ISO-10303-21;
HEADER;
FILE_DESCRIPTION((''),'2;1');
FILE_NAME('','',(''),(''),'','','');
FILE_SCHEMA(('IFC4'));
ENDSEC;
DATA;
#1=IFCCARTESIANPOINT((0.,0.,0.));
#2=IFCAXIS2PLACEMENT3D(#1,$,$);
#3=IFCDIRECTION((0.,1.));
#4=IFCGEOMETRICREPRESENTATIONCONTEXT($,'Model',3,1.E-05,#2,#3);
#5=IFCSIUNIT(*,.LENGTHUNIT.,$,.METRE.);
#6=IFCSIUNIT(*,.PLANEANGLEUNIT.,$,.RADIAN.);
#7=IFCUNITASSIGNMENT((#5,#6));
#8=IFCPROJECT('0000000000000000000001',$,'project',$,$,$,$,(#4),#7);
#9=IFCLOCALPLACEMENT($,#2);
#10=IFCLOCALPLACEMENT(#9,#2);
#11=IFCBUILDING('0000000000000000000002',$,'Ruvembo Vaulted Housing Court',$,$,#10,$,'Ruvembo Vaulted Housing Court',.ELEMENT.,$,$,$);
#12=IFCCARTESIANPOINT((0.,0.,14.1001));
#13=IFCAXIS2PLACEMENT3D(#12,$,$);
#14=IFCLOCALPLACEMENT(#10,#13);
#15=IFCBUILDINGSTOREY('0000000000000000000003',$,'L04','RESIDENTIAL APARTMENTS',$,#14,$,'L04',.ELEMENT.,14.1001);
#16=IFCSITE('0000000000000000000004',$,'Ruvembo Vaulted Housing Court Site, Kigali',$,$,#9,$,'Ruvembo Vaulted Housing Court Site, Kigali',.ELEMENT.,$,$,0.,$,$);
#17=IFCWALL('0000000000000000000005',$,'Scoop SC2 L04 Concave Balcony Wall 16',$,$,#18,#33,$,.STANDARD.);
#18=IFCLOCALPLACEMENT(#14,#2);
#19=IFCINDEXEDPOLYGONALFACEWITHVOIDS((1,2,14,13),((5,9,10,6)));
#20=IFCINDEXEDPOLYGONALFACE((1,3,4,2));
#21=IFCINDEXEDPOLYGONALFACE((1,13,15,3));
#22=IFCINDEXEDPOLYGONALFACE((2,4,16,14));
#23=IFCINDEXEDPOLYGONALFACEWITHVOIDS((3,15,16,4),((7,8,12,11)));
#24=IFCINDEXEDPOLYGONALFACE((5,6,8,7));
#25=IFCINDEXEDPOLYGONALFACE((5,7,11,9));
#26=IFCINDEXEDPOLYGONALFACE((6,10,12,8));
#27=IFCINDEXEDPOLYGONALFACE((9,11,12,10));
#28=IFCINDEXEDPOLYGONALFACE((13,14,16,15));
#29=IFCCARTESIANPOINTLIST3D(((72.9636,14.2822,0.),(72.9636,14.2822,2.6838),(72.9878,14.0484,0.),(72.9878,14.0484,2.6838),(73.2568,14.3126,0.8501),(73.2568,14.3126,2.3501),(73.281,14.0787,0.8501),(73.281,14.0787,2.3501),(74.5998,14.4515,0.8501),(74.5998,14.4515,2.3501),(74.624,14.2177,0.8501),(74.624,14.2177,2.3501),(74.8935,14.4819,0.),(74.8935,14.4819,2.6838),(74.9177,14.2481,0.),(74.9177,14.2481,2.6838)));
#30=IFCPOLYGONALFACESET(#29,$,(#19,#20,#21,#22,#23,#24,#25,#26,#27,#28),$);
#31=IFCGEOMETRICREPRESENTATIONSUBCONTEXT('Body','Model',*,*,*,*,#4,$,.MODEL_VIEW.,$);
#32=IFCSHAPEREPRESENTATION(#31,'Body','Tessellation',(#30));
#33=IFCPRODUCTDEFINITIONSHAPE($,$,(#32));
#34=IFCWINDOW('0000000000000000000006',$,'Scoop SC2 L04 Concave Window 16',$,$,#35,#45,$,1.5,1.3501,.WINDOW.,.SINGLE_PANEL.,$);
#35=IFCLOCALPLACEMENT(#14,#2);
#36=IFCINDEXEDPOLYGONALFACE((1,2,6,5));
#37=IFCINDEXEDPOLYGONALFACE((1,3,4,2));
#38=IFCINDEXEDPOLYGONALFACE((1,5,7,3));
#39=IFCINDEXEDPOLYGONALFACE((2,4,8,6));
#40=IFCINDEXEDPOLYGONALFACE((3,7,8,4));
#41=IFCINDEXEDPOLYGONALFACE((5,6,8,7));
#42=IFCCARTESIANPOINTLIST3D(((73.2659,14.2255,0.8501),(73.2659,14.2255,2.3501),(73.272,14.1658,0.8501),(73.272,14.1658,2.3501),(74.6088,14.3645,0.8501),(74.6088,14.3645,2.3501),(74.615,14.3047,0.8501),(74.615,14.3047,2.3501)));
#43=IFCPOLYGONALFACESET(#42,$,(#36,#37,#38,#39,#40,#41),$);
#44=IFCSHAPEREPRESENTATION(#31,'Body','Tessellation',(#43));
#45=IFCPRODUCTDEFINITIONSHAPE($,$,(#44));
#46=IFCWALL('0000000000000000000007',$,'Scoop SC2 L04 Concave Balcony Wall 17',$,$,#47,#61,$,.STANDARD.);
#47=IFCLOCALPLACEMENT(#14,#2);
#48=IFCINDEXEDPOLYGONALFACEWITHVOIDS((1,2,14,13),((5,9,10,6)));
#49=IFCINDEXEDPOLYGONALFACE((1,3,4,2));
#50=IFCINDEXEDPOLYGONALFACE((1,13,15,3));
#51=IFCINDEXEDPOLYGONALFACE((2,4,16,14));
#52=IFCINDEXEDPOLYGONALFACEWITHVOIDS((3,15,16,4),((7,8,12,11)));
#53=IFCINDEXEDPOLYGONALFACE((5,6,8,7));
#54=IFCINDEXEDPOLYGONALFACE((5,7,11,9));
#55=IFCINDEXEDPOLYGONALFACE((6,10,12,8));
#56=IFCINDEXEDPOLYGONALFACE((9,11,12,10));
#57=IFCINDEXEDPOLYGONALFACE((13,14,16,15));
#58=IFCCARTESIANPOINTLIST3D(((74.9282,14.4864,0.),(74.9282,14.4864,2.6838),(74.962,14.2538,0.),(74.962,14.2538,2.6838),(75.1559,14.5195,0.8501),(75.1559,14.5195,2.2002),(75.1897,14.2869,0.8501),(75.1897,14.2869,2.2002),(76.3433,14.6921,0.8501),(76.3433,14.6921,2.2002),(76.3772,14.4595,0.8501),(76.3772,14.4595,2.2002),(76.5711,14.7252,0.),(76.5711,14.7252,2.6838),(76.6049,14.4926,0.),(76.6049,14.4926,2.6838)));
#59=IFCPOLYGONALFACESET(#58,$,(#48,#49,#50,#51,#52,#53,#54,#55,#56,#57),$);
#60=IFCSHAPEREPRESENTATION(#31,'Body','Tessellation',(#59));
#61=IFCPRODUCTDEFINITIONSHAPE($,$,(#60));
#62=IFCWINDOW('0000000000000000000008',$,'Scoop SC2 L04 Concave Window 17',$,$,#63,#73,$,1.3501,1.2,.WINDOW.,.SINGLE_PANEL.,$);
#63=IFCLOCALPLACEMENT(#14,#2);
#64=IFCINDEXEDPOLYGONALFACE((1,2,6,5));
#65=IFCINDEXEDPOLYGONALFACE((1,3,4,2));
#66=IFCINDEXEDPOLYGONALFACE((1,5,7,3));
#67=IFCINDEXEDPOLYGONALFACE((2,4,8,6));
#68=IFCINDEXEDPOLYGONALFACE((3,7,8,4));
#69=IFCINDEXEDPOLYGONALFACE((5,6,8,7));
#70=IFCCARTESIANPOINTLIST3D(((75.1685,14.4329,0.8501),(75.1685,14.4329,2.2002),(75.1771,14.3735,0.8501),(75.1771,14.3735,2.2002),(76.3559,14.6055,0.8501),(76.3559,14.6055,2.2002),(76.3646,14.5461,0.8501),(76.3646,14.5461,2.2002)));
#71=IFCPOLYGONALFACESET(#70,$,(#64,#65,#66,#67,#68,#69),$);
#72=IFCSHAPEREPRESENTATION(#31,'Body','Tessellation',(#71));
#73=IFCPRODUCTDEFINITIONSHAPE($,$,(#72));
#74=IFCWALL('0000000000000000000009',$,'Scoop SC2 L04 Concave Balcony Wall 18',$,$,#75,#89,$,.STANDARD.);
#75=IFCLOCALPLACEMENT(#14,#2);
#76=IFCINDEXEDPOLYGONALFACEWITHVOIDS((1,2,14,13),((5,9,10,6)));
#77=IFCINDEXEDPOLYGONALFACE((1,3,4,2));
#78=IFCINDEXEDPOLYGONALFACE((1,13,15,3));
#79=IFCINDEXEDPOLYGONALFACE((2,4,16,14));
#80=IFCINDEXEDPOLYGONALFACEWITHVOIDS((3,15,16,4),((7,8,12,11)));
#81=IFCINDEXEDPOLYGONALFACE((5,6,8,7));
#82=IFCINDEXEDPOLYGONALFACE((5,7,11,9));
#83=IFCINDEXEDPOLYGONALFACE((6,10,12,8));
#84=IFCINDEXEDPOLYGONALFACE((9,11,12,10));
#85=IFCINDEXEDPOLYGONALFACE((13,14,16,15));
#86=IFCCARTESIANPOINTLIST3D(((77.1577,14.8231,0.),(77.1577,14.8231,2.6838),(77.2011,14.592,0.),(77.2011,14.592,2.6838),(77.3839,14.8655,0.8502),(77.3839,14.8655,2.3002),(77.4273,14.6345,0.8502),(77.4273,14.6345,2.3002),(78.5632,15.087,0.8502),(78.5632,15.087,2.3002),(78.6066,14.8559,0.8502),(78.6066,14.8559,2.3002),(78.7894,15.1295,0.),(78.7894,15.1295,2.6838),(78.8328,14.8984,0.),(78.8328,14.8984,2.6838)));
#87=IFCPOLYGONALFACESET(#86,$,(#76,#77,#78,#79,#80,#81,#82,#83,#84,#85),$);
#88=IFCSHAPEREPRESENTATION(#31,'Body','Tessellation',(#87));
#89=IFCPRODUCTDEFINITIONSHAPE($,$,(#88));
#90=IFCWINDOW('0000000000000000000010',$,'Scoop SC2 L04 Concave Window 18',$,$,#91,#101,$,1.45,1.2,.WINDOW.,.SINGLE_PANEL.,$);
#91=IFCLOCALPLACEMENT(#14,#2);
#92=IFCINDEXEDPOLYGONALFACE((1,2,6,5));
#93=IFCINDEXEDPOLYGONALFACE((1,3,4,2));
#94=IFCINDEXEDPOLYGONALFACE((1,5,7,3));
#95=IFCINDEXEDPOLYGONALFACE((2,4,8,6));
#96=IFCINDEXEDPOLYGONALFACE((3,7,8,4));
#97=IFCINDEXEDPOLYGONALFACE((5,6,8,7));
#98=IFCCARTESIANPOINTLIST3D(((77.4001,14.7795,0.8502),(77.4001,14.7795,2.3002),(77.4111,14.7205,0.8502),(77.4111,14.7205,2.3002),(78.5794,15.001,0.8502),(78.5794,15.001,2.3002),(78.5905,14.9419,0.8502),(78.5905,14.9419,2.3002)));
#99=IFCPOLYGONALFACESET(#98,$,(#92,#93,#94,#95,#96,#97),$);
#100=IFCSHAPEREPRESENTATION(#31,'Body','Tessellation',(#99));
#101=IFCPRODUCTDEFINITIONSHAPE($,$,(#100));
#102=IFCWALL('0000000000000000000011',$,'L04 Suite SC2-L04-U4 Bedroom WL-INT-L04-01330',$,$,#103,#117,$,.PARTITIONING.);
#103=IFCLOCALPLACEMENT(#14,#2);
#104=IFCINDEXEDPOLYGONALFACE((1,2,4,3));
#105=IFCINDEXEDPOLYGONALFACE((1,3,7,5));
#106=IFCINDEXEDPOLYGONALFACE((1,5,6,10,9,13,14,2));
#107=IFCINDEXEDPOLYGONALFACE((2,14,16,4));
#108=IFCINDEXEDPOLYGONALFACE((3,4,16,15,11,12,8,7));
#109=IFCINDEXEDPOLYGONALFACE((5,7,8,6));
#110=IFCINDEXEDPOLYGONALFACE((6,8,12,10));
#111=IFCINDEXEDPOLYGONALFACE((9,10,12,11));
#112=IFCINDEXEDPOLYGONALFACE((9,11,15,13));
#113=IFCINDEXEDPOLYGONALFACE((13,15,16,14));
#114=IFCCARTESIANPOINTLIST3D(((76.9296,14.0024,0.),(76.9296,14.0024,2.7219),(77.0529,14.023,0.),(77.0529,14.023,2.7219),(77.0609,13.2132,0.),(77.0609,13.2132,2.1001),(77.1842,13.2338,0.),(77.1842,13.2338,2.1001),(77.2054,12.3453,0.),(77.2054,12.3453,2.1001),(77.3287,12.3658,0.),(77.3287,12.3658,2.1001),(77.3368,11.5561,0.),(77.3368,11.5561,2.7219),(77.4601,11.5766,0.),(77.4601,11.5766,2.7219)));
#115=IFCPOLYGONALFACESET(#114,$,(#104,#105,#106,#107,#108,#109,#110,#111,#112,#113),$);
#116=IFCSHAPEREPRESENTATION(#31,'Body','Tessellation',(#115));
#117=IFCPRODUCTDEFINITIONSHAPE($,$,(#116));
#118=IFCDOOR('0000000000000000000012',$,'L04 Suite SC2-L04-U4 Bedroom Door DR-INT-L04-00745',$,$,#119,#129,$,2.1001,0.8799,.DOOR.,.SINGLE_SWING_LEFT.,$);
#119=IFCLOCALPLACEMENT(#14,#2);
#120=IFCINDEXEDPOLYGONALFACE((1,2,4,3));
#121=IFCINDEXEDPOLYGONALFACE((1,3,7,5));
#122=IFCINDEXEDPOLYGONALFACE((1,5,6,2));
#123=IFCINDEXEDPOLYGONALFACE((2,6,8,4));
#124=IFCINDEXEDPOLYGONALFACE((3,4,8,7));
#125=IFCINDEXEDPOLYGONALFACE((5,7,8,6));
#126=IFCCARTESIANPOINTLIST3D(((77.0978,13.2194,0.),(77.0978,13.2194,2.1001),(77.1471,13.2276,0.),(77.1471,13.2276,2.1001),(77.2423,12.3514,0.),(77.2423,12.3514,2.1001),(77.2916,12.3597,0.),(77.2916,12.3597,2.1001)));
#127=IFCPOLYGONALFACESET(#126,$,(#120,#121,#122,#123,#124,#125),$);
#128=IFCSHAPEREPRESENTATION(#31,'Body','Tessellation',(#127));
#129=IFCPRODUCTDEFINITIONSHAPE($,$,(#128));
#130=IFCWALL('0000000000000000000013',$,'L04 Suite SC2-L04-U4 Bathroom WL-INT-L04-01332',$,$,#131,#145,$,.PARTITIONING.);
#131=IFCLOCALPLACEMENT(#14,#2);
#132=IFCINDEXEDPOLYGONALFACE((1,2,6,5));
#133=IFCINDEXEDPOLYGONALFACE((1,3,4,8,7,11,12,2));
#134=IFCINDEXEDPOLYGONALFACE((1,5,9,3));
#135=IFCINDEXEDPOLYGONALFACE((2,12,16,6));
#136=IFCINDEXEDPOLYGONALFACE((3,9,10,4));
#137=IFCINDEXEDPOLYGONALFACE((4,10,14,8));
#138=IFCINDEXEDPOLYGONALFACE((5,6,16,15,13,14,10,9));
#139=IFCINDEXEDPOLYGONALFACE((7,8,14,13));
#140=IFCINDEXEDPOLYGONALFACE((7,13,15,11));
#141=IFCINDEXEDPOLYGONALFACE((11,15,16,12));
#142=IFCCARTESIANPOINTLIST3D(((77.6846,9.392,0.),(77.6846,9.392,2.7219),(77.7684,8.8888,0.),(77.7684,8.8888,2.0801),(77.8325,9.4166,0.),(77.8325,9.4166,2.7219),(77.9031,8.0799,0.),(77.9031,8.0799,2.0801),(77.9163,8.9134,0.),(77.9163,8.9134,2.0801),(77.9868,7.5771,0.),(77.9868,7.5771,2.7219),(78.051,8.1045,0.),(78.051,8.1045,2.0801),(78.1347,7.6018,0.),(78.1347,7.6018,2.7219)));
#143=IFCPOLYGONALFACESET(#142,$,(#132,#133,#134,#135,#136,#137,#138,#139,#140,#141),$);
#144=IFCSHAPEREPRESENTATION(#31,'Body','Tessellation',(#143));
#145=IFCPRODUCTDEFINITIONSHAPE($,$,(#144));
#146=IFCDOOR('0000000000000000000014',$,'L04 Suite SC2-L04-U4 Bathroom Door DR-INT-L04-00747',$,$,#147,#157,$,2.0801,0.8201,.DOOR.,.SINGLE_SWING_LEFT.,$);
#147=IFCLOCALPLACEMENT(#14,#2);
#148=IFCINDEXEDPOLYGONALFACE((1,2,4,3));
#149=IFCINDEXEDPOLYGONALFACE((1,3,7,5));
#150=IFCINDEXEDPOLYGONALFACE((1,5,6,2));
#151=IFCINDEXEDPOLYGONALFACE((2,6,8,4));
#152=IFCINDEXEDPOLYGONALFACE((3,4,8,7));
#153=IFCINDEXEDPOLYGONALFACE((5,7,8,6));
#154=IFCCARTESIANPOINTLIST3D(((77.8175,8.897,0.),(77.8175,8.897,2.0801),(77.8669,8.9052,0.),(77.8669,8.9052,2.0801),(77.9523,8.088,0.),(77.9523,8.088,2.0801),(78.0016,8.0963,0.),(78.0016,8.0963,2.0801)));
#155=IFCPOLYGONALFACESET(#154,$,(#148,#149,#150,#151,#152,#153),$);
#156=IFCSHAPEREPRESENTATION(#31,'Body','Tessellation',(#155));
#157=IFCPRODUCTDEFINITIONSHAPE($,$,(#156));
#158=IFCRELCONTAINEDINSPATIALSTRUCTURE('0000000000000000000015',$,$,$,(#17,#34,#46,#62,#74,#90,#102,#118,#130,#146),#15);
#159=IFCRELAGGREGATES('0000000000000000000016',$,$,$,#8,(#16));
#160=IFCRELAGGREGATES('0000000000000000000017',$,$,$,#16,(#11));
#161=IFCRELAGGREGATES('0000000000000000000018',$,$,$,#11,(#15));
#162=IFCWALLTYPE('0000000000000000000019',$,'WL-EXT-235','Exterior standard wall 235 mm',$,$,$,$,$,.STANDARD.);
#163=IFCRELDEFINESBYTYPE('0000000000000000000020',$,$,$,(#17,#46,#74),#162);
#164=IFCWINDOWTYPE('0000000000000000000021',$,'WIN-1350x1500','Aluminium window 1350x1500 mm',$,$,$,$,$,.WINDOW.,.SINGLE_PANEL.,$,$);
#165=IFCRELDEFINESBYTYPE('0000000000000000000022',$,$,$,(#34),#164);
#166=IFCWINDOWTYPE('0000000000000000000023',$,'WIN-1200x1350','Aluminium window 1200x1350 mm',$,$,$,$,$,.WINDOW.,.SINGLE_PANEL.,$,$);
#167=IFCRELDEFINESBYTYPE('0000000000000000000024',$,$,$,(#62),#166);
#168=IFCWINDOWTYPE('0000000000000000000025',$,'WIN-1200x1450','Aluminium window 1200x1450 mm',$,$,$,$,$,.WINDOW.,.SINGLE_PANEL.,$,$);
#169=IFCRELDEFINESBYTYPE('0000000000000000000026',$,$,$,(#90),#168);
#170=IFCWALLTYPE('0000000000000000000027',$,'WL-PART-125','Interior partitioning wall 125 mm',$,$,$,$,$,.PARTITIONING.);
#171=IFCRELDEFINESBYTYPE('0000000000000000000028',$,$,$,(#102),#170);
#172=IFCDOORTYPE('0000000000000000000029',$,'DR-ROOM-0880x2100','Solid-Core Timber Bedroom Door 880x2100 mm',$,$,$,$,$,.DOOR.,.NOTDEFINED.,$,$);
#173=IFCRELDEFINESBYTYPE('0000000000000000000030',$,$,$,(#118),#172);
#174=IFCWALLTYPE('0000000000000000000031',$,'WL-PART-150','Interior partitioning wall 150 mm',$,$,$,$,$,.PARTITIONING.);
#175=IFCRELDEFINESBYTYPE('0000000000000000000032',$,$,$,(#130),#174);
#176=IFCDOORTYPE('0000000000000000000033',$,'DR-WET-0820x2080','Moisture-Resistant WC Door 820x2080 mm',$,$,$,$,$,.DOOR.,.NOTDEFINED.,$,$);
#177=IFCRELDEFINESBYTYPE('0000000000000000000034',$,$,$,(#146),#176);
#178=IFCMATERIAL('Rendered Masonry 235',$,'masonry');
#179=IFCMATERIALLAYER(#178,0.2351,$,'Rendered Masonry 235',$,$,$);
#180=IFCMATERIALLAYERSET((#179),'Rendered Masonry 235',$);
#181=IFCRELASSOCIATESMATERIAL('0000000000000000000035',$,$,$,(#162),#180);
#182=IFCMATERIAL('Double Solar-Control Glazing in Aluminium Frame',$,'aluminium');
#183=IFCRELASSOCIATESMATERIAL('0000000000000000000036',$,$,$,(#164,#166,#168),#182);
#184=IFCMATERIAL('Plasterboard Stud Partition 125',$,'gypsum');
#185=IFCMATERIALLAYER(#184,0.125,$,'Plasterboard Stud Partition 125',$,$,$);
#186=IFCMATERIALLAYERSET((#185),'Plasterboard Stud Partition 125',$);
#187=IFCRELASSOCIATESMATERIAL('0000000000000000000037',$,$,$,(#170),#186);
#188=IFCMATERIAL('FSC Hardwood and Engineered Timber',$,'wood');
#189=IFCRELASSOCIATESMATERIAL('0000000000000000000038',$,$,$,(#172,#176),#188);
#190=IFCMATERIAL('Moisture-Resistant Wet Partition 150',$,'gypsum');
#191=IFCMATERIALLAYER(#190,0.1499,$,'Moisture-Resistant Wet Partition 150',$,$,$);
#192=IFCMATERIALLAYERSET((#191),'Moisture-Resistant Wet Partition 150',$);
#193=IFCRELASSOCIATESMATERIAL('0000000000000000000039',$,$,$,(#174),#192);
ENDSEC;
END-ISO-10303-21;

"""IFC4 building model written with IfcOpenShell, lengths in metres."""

from ifc_helpers import new_model, si_unit, direction, frame, frame_2d, origin, place, context, subcontext, project, spatial, rectangle, extrude, material, layer, layer_set, type_object, element, fill, save


model = new_model("IFC4")

# Units and contexts
model_context = context("Model", 3, precision=1e-05, world=origin(), true_north=direction((0.0, 1.0)))
body_context = subcontext(model_context, "Body", "Model", "MODEL_VIEW")
ifc_project = project(units=[si_unit("LENGTHUNIT", "METRE"), si_unit("PLANEANGLEUNIT", "RADIAN")], contexts=[model_context])

# Site, building, storey
site_placement = place(None, origin())
site = spatial("IfcSite", under=ifc_project, at=site_placement, Name="Ruvembo Vaulted Housing Court Site, Kigali", LongName="Ruvembo Vaulted Housing Court Site, Kigali", CompositionType="ELEMENT", RefElevation=0.0)
building_placement = place(site_placement, origin())
building = spatial("IfcBuilding", under=site, at=building_placement, Name="Ruvembo Vaulted Housing Court", LongName="Ruvembo Vaulted Housing Court", CompositionType="ELEMENT")
storey_placement = place(building_placement, frame((0.0, 0.0, 14.1001)))
storey = spatial("IfcBuildingStorey", under=building, at=storey_placement, Name="L04", Description="RESIDENTIAL APARTMENTS", LongName="L04", CompositionType="ELEMENT", Elevation=14.1001)

# Shared definitions
ifc_material_1 = material(Name="FSC Hardwood and Engineered Timber", Category="wood")

# Shared definitions
ifc_material_2 = material(Name="Rendered Masonry 235", Category="masonry")
ifc_layer_1 = layer(ifc_material_2, 0.2351, Name="Rendered Masonry 235")
ifc_layer_set_1 = layer_set([ifc_layer_1], Name="Rendered Masonry 235")
wall_type_1 = type_object("IfcWallType", Name="WL-EXT-235", Description="Exterior standard wall 235 mm", PredefinedType="STANDARD", material=ifc_layer_set_1)

# Walls, openings, windows
wall_1_placement = place(storey_placement, frame((72.9756, 14.1653, 0.0), z_axis=(0.0, 0.0, 1.0), x_axis=(0.994689, 0.102929, 0.0)))
wall_1 = element("IfcWall", 1, at=wall_1_placement, inside=storey, type_object=wall_type_1, Name="Scoop SC2 L04 Concave Balcony Wall 16", PredefinedType="STANDARD", context=body_context, shape_type="SweptSolid", body=[
    extrude(rectangle(XDim=1.9402, YDim=0.2351, at=frame_2d((0.9702, 0.0))), origin(), (0.0, 0.0, 1.0), 2.6838),
])
opening_1_placement = place(wall_1_placement, frame((0.2949, 0.0, 0.8501)))
opening_1 = element("IfcOpeningElement", 2, at=opening_1_placement, cuts=wall_1, PredefinedType="OPENING", context=body_context, shape_type="SweptSolid", body=[
    extrude(rectangle(XDim=1.3501, YDim=1.5, at=frame_2d((0.675, 0.75))), frame((0.0, 0.1274, 0.0), z_axis=(0.0, -1.0, 0.0), x_axis=(1.0, 0.0, 0.0)), (0.0, 0.0, 1.0), 0.2551),
])
ifc_material_3 = material(Name="Double Solar-Control Glazing in Aluminium Frame", Category="aluminium")
window_type_1 = type_object("IfcWindowType", Name="WIN-1350x1500", Description="Aluminium window 1350x1500 mm", PartitioningType="SINGLE_PANEL", PredefinedType="WINDOW", material=ifc_material_3)
window_1_placement = place(opening_1_placement, origin())
window_1 = element("IfcWindow", 3, at=window_1_placement, inside=storey, type_object=window_type_1, Name="Scoop SC2 L04 Concave Window 16", OverallHeight=1.5, OverallWidth=1.3501, PartitioningType="SINGLE_PANEL", PredefinedType="WINDOW", context=body_context, shape_type="SweptSolid", body=[
    extrude(rectangle(XDim=1.3501, YDim=1.5, at=frame_2d((0.675, 0.75))), frame((0.0, 0.03, 0.0), z_axis=(0.0, -1.0, 0.0), x_axis=(1.0, 0.0, 0.0)), (0.0, 0.0, 1.0), 0.0601),
])
fill(opening_1, window_1)
wall_2_placement = place(storey_placement, frame((74.9451, 14.3701, 0.0), z_axis=(0.0, 0.0, 1.0), x_axis=(0.989602, 0.14383, 0.0)))
wall_2 = element("IfcWall", 4, at=wall_2_placement, inside=storey, type_object=wall_type_1, Name="Scoop SC2 L04 Concave Balcony Wall 17", PredefinedType="STANDARD", context=body_context, shape_type="SweptSolid", body=[
    extrude(rectangle(XDim=1.6602, YDim=0.2351, at=frame_2d((0.8301, 0.0))), origin(), (0.0, 0.0, 1.0), 2.6838),
])
opening_2_placement = place(wall_2_placement, frame((0.23, 0.0, 0.8501)))
opening_2 = element("IfcOpeningElement", 5, at=opening_2_placement, cuts=wall_2, PredefinedType="OPENING", context=body_context, shape_type="SweptSolid", body=[
    extrude(rectangle(XDim=1.2, YDim=1.3501, at=frame_2d((0.6001, 0.675))), frame((0.0, 0.1274, 0.0), z_axis=(0.0, -1.0, 0.0), x_axis=(1.0, 0.0, 0.0)), (0.0, 0.0, 1.0), 0.2551),
])
window_type_2 = type_object("IfcWindowType", Name="WIN-1200x1350", Description="Aluminium window 1200x1350 mm", PartitioningType="SINGLE_PANEL", PredefinedType="WINDOW", material=ifc_material_3)
window_2_placement = place(opening_2_placement, origin())
window_2 = element("IfcWindow", 6, at=window_2_placement, inside=storey, type_object=window_type_2, Name="Scoop SC2 L04 Concave Window 17", OverallHeight=1.3501, OverallWidth=1.2, PartitioningType="SINGLE_PANEL", PredefinedType="WINDOW", context=body_context, shape_type="SweptSolid", body=[
    extrude(rectangle(XDim=1.2, YDim=1.3501, at=frame_2d((0.6001, 0.675))), frame((0.0, 0.03, 0.0), z_axis=(0.0, -1.0, 0.0), x_axis=(1.0, 0.0, 0.0)), (0.0, 0.0, 1.0), 0.0601),
])
fill(opening_2, window_2)
wall_3_placement = place(storey_placement, frame((77.1794, 14.7075, 0.0), z_axis=(0.0, 0.0, 1.0), x_axis=(0.982821, 0.184564, 0.0)))
wall_3 = element("IfcWall", 7, at=wall_3_placement, inside=storey, type_object=wall_type_1, Name="Scoop SC2 L04 Concave Balcony Wall 18", PredefinedType="STANDARD", context=body_context, shape_type="SweptSolid", body=[
    extrude(rectangle(XDim=1.6602, YDim=0.2351, at=frame_2d((0.8301, 0.0))), origin(), (0.0, 0.0, 1.0), 2.6838),
])
opening_3_placement = place(wall_3_placement, frame((0.23, 0.0, 0.8501)))
opening_3 = element("IfcOpeningElement", 8, at=opening_3_placement, cuts=wall_3, PredefinedType="OPENING", context=body_context, shape_type="SweptSolid", body=[
    extrude(rectangle(XDim=1.2, YDim=1.45, at=frame_2d((0.6001, 0.7251))), frame((0.0, 0.1274, 0.0), z_axis=(0.0, -1.0, 0.0), x_axis=(1.0, 0.0, 0.0)), (0.0, 0.0, 1.0), 0.2551),
])
window_type_3 = type_object("IfcWindowType", Name="WIN-1200x1450", Description="Aluminium window 1200x1450 mm", PartitioningType="SINGLE_PANEL", PredefinedType="WINDOW", material=ifc_material_3)
window_3_placement = place(opening_3_placement, origin())
window_3 = element("IfcWindow", 9, at=window_3_placement, inside=storey, type_object=window_type_3, Name="Scoop SC2 L04 Concave Window 18", OverallHeight=1.45, OverallWidth=1.2, PartitioningType="SINGLE_PANEL", PredefinedType="WINDOW", context=body_context, shape_type="SweptSolid", body=[
    extrude(rectangle(XDim=1.2, YDim=1.45, at=frame_2d((0.6001, 0.7251))), frame((0.0, 0.03, 0.0), z_axis=(0.0, -1.0, 0.0), x_axis=(1.0, 0.0, 0.0)), (0.0, 0.0, 1.0), 0.0601),
])
fill(opening_3, window_3)

# Walls, openings, doors
ifc_material_4 = material(Name="Plasterboard Stud Partition 125", Category="gypsum")
ifc_layer_2 = layer(ifc_material_4, 0.125, Name="Plasterboard Stud Partition 125")
ifc_layer_set_2 = layer_set([ifc_layer_2], Name="Plasterboard Stud Partition 125")
wall_type_2 = type_object("IfcWallType", Name="WL-PART-125", Description="Interior partitioning wall 125 mm", PredefinedType="PARTITIONING", material=ifc_layer_set_2)
wall_4_placement = place(storey_placement, frame((76.9912, 14.0127, 0.0), z_axis=(0.0, 0.0, 1.0), x_axis=(0.164207, -0.986426, 0.0)))
wall_4 = element("IfcWall", 10, at=wall_4_placement, inside=storey, type_object=wall_type_2, Name="L04 Suite SC2-L04-U4 Bedroom WL-INT-L04-01330", PredefinedType="PARTITIONING", context=body_context, shape_type="SweptSolid", body=[
    extrude(rectangle(XDim=2.48, YDim=0.125, at=frame_2d((1.24, 0.0))), origin(), (0.0, 0.0, 1.0), 2.7219),
])
opening_4_placement = place(wall_4_placement, frame((0.8, 0.0, 0.0)))
opening_4 = element("IfcOpeningElement", 11, at=opening_4_placement, cuts=wall_4, PredefinedType="OPENING", context=body_context, shape_type="SweptSolid", body=[
    extrude(rectangle(XDim=0.8799, YDim=2.1001, at=frame_2d((0.4399, 1.05))), frame((0.0, 0.0725, 0.0), z_axis=(0.0, -1.0, 0.0), x_axis=(1.0, 0.0, 0.0)), (0.0, 0.0, 1.0), 0.145),
])
door_type_1 = type_object("IfcDoorType", Name="DR-ROOM-0880x2100", Description="Solid-Core Timber Bedroom Door 880x2100 mm", OperationType="NOTDEFINED", PredefinedType="DOOR", material=ifc_material_1)
door_1_placement = place(opening_4_placement, origin())
door_1 = element("IfcDoor", 12, at=door_1_placement, inside=storey, type_object=door_type_1, Name="L04 Suite SC2-L04-U4 Bedroom Door DR-INT-L04-00745", OperationType="SINGLE_SWING_LEFT", OverallHeight=2.1001, OverallWidth=0.8799, PredefinedType="DOOR", context=body_context, shape_type="SweptSolid", body=[
    extrude(rectangle(XDim=0.8799, YDim=2.1001, at=frame_2d((0.4399, 1.05))), frame((0.0, 0.0249, 0.0), z_axis=(0.0, -1.0, 0.0), x_axis=(1.0, 0.0, 0.0)), (0.0, 0.0, 1.0), 0.05),
])
fill(opening_4, door_1)
ifc_material_5 = material(Name="Moisture-Resistant Wet Partition 150", Category="gypsum")
ifc_layer_3 = layer(ifc_material_5, 0.1499, Name="Moisture-Resistant Wet Partition 150")
ifc_layer_set_3 = layer_set([ifc_layer_3], Name="Moisture-Resistant Wet Partition 150")
wall_type_3 = type_object("IfcWallType", Name="WL-PART-150", Description="Interior partitioning wall 150 mm", PredefinedType="PARTITIONING", material=ifc_layer_set_3)
wall_5_placement = place(storey_placement, frame((77.7585, 9.4043, 0.0), z_axis=(0.0, 0.0, 1.0), x_axis=(0.16427, -0.986415, 0.0)))
wall_5 = element("IfcWall", 13, at=wall_5_placement, inside=storey, type_object=wall_type_3, Name="L04 Suite SC2-L04-U4 Bathroom WL-INT-L04-01332", PredefinedType="PARTITIONING", context=body_context, shape_type="SweptSolid", body=[
    extrude(rectangle(XDim=1.8398, YDim=0.1499, at=frame_2d((0.9199, 0.0))), origin(), (0.0, 0.0, 1.0), 2.7219),
])
opening_5_placement = place(wall_5_placement, frame((0.51, 0.0, 0.0)))
opening_5 = element("IfcOpeningElement", 14, at=opening_5_placement, cuts=wall_5, PredefinedType="OPENING", context=body_context, shape_type="SweptSolid", body=[
    extrude(rectangle(XDim=0.8201, YDim=2.0801, at=frame_2d((0.4102, 1.04))), frame((0.0, 0.085, 0.0), z_axis=(0.0, -1.0, 0.0), x_axis=(1.0, 0.0, 0.0)), (0.0, 0.0, 1.0), 0.1699),
])
door_type_2 = type_object("IfcDoorType", Name="DR-WET-0820x2080", Description="Moisture-Resistant WC Door 820x2080 mm", OperationType="NOTDEFINED", PredefinedType="DOOR", material=ifc_material_1)
door_2_placement = place(opening_5_placement, origin())
door_2 = element("IfcDoor", 15, at=door_2_placement, inside=storey, type_object=door_type_2, Name="L04 Suite SC2-L04-U4 Bathroom Door DR-INT-L04-00747", OperationType="SINGLE_SWING_LEFT", OverallHeight=2.0801, OverallWidth=0.8201, PredefinedType="DOOR", context=body_context, shape_type="SweptSolid", body=[
    extrude(rectangle(XDim=0.8201, YDim=2.0801, at=frame_2d((0.4102, 1.04))), frame((0.0, 0.0249, 0.0), z_axis=(0.0, -1.0, 0.0), x_axis=(1.0, 0.0, 0.0)), (0.0, 0.0, 1.0), 0.05),
])
fill(opening_5, door_2)

save(model, "model.ifc")
